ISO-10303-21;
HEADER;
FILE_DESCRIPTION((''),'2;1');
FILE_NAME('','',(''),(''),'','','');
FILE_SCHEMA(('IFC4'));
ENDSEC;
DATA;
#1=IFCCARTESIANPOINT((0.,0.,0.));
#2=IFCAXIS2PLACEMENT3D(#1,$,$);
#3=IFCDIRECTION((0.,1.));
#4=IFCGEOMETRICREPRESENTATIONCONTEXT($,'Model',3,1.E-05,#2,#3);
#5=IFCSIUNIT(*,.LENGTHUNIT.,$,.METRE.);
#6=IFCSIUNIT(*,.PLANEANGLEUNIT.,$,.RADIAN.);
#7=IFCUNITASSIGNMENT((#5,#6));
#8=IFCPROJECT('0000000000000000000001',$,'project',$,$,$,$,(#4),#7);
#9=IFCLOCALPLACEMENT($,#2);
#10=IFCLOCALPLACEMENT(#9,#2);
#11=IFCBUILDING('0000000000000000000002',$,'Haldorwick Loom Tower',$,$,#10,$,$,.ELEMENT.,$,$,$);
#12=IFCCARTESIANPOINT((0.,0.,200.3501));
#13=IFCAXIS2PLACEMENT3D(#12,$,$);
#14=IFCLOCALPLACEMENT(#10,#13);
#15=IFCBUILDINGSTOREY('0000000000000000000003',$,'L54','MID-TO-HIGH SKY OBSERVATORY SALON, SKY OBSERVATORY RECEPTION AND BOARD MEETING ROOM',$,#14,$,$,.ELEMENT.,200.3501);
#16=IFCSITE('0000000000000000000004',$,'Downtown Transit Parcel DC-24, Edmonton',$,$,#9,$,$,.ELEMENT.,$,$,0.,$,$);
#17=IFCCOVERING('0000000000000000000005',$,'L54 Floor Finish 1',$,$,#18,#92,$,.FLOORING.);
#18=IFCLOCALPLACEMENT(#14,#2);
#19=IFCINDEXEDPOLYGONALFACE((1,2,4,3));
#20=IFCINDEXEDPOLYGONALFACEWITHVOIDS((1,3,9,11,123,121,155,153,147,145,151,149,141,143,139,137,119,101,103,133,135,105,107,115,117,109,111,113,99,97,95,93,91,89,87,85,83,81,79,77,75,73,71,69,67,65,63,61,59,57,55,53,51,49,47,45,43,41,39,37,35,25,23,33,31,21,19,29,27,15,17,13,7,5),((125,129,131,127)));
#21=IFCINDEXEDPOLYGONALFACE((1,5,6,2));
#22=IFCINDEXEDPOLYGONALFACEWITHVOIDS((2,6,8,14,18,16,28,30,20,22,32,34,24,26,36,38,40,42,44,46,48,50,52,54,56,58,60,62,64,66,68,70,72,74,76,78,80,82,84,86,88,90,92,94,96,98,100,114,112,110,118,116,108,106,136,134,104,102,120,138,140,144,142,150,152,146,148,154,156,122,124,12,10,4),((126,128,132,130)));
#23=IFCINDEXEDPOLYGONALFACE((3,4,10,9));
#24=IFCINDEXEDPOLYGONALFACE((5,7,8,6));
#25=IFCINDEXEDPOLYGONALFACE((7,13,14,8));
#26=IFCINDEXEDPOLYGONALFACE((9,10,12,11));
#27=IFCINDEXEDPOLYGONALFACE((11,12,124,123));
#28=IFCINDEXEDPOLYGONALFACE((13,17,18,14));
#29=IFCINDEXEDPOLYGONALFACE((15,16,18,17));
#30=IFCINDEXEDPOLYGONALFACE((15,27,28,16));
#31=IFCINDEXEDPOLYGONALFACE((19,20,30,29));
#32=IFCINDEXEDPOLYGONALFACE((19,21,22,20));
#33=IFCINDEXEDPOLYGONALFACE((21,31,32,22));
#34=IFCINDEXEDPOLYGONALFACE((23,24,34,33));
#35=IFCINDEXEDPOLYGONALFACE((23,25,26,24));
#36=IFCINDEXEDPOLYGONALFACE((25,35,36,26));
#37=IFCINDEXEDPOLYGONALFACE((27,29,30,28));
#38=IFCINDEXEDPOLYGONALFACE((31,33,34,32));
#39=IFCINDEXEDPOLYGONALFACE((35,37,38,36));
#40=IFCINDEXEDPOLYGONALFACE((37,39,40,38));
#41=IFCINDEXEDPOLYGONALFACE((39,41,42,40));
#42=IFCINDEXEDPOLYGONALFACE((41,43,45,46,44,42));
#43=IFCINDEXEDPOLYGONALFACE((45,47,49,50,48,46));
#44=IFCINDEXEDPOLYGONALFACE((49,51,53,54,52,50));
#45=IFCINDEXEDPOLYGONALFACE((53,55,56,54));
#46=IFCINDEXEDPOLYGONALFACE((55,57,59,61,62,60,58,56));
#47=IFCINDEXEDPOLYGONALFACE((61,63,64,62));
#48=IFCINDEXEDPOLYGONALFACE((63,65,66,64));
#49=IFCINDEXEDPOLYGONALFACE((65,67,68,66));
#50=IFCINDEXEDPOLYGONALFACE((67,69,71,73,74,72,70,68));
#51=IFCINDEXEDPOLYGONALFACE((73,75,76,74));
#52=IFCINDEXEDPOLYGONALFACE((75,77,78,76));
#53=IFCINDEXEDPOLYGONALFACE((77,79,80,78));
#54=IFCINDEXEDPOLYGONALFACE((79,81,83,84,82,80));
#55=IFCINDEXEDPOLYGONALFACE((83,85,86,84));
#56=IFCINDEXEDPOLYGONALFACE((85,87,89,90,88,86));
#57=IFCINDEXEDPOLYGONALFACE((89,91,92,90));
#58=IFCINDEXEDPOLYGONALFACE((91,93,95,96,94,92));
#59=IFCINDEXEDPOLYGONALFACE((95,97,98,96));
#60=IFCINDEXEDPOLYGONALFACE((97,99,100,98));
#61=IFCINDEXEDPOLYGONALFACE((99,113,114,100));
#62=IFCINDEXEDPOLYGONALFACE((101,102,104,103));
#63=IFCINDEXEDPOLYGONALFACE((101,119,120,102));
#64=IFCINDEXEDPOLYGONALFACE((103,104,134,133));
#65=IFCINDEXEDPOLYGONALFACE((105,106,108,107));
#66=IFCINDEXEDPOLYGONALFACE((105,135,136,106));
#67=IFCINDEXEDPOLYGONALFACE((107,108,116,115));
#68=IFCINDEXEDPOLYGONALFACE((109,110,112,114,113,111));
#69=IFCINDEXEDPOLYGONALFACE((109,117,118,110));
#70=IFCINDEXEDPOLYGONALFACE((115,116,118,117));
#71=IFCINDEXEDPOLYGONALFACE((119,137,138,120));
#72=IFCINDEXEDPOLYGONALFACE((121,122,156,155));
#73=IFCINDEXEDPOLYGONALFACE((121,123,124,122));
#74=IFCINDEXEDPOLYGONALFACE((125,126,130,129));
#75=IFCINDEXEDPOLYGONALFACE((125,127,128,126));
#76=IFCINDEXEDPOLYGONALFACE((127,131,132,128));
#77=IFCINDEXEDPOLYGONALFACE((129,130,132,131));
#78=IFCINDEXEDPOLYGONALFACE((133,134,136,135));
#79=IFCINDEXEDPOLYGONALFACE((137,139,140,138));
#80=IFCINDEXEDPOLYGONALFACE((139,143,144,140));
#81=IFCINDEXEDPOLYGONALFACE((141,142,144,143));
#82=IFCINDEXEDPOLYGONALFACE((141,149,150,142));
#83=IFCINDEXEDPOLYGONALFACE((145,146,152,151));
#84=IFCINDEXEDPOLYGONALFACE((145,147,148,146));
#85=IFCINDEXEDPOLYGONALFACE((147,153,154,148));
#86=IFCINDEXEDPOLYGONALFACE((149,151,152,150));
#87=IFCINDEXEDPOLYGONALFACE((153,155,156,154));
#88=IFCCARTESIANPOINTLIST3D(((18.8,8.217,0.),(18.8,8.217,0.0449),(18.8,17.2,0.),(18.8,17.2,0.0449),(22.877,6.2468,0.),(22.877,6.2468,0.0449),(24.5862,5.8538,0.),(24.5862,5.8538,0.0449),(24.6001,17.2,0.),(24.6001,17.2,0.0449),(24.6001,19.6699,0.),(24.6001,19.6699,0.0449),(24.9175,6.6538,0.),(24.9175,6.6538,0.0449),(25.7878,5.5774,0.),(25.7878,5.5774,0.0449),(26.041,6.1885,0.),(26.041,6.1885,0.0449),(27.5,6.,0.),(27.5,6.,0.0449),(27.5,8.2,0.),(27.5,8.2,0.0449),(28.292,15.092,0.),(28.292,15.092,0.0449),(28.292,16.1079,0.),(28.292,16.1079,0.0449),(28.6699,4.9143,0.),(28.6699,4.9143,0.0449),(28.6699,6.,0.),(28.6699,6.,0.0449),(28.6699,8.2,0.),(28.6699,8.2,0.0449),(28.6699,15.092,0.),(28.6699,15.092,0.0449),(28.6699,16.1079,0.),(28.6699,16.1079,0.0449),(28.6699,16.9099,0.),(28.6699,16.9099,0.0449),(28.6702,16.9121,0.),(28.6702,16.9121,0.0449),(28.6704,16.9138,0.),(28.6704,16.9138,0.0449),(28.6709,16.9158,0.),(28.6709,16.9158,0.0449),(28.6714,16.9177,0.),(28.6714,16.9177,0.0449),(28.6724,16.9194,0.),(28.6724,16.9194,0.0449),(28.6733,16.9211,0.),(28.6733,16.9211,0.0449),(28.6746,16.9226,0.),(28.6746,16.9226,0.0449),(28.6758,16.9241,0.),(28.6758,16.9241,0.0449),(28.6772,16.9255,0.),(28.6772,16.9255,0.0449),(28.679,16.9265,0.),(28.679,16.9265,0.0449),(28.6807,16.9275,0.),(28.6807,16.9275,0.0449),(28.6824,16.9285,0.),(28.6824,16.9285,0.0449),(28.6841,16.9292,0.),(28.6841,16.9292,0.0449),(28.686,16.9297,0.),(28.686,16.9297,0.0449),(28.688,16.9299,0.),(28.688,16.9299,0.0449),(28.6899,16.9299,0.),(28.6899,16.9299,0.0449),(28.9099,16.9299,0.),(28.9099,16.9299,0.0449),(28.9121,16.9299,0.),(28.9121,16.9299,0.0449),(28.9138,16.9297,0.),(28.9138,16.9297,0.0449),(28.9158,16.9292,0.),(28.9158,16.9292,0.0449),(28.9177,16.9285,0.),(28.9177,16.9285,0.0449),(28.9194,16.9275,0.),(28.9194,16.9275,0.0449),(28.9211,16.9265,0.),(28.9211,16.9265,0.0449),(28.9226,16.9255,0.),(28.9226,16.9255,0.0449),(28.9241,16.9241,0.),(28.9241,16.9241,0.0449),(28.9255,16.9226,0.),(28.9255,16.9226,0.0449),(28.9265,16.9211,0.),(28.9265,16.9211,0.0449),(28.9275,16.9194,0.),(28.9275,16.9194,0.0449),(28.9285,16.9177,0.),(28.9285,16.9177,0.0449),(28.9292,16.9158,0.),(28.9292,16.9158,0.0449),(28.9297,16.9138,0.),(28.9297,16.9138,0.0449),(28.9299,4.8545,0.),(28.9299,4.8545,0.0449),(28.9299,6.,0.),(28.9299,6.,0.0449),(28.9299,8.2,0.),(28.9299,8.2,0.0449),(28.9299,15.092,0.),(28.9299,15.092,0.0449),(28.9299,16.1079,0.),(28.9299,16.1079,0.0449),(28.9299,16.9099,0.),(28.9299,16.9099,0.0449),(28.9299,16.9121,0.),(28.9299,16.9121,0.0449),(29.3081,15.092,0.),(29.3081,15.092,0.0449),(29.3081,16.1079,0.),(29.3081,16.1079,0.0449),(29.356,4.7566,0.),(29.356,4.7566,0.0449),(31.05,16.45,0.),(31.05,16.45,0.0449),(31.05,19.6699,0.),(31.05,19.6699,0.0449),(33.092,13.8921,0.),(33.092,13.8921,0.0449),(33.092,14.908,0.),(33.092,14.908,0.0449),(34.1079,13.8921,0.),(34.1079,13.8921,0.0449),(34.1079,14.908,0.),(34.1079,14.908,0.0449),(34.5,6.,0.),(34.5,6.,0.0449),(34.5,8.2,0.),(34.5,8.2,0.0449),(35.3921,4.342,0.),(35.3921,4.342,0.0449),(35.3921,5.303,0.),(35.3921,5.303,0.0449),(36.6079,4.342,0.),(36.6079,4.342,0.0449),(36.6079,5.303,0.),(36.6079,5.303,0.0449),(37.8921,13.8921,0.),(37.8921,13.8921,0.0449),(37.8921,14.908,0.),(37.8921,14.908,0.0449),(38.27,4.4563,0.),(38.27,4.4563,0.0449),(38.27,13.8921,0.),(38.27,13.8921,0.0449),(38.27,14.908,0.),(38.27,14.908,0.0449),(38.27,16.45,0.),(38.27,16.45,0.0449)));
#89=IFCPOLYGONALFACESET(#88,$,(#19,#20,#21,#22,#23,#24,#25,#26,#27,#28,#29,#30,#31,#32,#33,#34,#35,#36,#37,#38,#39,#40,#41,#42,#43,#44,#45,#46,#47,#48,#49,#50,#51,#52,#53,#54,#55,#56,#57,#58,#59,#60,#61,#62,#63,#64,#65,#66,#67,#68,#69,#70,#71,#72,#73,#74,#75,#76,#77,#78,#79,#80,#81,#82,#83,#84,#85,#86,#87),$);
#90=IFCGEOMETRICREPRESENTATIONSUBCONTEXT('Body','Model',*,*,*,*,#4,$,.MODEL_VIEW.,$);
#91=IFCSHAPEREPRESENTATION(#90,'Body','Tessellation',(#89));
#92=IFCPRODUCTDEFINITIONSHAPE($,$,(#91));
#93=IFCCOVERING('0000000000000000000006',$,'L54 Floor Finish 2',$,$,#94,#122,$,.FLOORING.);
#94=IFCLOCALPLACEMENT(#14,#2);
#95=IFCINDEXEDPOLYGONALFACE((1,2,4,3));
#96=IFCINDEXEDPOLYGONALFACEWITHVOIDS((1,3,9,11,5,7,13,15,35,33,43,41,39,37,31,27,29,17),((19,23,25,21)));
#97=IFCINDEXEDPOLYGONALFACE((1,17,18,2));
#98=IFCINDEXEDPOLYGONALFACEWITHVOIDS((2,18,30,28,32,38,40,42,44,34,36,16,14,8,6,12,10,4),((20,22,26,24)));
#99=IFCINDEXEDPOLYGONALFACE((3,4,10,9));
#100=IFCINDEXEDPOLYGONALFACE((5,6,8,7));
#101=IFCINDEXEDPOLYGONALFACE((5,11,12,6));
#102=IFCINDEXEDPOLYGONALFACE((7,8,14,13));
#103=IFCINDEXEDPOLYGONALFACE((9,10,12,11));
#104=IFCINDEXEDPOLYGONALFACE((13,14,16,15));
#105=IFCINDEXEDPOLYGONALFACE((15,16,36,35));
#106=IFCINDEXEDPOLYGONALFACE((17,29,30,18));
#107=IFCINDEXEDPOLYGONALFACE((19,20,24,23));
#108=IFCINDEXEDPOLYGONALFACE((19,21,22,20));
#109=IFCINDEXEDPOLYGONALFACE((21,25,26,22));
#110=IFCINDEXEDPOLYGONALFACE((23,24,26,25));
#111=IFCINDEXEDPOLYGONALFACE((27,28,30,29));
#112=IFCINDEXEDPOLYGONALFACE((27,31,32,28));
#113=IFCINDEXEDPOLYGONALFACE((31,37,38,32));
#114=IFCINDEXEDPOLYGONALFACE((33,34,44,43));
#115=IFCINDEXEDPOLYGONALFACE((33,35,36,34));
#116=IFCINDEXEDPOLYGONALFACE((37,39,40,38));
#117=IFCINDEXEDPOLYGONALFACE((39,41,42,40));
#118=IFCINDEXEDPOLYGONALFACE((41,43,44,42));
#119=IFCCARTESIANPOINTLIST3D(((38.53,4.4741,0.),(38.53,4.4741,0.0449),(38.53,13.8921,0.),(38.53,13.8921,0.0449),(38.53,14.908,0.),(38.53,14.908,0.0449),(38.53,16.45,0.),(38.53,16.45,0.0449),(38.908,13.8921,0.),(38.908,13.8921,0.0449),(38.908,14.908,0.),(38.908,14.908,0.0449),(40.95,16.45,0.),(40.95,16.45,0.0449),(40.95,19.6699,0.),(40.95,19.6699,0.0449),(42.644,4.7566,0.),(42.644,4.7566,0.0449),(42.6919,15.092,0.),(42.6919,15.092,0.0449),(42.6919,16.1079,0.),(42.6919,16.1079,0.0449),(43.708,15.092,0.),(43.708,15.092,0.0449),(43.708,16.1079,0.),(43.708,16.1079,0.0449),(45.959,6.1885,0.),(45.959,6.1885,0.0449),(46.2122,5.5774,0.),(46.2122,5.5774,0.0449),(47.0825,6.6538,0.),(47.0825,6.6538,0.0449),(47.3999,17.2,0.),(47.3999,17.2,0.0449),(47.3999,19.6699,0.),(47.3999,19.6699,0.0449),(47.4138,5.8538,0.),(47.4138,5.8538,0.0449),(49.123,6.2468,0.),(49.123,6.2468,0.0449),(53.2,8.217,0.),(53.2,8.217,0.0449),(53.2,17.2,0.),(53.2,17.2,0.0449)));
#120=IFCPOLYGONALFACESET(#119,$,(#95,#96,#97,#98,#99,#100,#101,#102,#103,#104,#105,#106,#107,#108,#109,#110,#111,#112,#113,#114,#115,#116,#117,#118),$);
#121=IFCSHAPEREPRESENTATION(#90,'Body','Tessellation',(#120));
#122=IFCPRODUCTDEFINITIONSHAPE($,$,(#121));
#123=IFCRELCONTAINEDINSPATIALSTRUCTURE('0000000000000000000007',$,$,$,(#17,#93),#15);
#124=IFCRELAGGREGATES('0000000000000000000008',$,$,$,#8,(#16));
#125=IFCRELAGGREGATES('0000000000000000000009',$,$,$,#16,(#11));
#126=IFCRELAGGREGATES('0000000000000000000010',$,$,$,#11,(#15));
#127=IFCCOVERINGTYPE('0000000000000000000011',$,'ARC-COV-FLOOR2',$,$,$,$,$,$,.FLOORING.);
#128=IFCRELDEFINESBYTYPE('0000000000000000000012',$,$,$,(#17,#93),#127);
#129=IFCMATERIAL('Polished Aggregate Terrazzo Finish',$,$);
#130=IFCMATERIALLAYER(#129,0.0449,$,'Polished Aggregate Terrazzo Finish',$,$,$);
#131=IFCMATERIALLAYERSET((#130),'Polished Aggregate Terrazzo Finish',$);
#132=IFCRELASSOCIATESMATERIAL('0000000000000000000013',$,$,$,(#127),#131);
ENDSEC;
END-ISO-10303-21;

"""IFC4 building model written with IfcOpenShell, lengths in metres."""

from ifc_helpers import new_model, si_unit, direction, frame, origin, place, context, subcontext, project, spatial, polyline, outline, extrude, material, layer, layer_set, type_object, element, save


model = new_model("IFC4")

# Units and contexts
model_context = context("Model", 3, precision=1e-05, world=origin(), true_north=direction((0.0, 1.0)))
body_context = subcontext(model_context, "Body", "Model", "MODEL_VIEW")
ifc_project = project(units=[si_unit("LENGTHUNIT", "METRE"), si_unit("PLANEANGLEUNIT", "RADIAN")], contexts=[model_context])

# Site, building, storey
site_placement = place(None, origin())
site = spatial("IfcSite", under=ifc_project, at=site_placement, Name="Downtown Transit Parcel DC-24, Edmonton", CompositionType="ELEMENT", RefElevation=0.0)
building_placement = place(site_placement, origin())
building = spatial("IfcBuilding", under=site, at=building_placement, Name="Haldorwick Loom Tower", CompositionType="ELEMENT")
storey_placement = place(building_placement, frame((0.0, 0.0, 200.3501)))
storey = spatial("IfcBuildingStorey", under=building, at=storey_placement, Name="L54", Description="MID-TO-HIGH SKY OBSERVATORY SALON, SKY OBSERVATORY RECEPTION AND BOARD MEETING ROOM", CompositionType="ELEMENT", Elevation=200.3501)

# Coverings
ifc_material_1 = material(Name="Polished Aggregate Terrazzo Finish")
ifc_layer_1 = layer(ifc_material_1, 0.0449, Name="Polished Aggregate Terrazzo Finish")
ifc_layer_set_1 = layer_set([ifc_layer_1], Name="Polished Aggregate Terrazzo Finish")
covering_type_1 = type_object("IfcCoveringType", Name="ARC-COV-FLOOR2", PredefinedType="FLOORING", material=ifc_layer_set_1)
covering_1_placement = place(storey_placement, origin())
element("IfcCovering", 1, at=covering_1_placement, inside=storey, type_object=covering_type_1, Name="L54 Floor Finish 1", PredefinedType="FLOORING", context=body_context, shape_type="SweptSolid", body=[
    extrude(outline(polyline([(38.27, 4.4563), (38.27, 13.8921), (37.8921, 13.8921), (37.8921, 14.908), (38.27, 14.908), (38.27, 16.45), (31.05, 16.45), (31.05, 19.6699), (24.6001, 19.6699), (24.6001, 17.2), (18.8, 17.2), (18.8, 8.217), (22.877, 6.2468), (24.5862, 5.8538), (24.9175, 6.6538), (26.041, 6.1885), (25.7878, 5.5774), (28.6699, 4.9143), (28.6699, 6.0), (27.5, 6.0), (27.5, 8.2), (28.6699, 8.2), (28.6699, 15.092), (28.292, 15.092), (28.292, 16.1079), (28.6699, 16.1079), (28.6699, 16.9099), (28.6702, 16.9121), (28.6704, 16.9138), (28.6709, 16.9158), (28.6714, 16.9177), (28.6724, 16.9194), (28.6733, 16.9211), (28.6746, 16.9226), (28.6758, 16.9241), (28.6772, 16.9255), (28.679, 16.9265), (28.6807, 16.9275), (28.6824, 16.9285), (28.6841, 16.9292), (28.686, 16.9297), (28.688, 16.9299), (28.6899, 16.9299), (28.9099, 16.9299), (28.9121, 16.9299), (28.9138, 16.9297), (28.9158, 16.9292), (28.9177, 16.9285), (28.9194, 16.9275), (28.9211, 16.9265), (28.9226, 16.9255), (28.9241, 16.9241), (28.9255, 16.9226), (28.9265, 16.9211), (28.9275, 16.9194), (28.9285, 16.9177), (28.9292, 16.9158), (28.9297, 16.9138), (28.9299, 16.9121), (28.9299, 16.9099), (28.9299, 16.1079), (29.3081, 16.1079), (29.3081, 15.092), (28.9299, 15.092), (28.9299, 8.2), (34.5, 8.2), (34.5, 6.0), (28.9299, 6.0), (28.9299, 4.8545), (29.356, 4.7566), (35.3921, 4.342), (35.3921, 5.303), (36.6079, 5.303), (36.6079, 4.342), (38.27, 4.4563)]), holes=[polyline([(34.1079, 14.908), (34.1079, 13.8921), (33.092, 13.8921), (33.092, 14.908), (34.1079, 14.908)])]), origin(), (0.0, 0.0, 1.0), 0.0449),
])
covering_2_placement = place(storey_placement, origin())
element("IfcCovering", 2, at=covering_2_placement, inside=storey, type_object=covering_type_1, Name="L54 Floor Finish 2", PredefinedType="FLOORING", context=body_context, shape_type="SweptSolid", body=[
    extrude(outline(polyline([(53.2, 8.217), (53.2, 17.2), (47.3999, 17.2), (47.3999, 19.6699), (40.95, 19.6699), (40.95, 16.45), (38.53, 16.45), (38.53, 14.908), (38.908, 14.908), (38.908, 13.8921), (38.53, 13.8921), (38.53, 4.4741), (42.644, 4.7566), (46.2122, 5.5774), (45.959, 6.1885), (47.0825, 6.6538), (47.4138, 5.8538), (49.123, 6.2468), (53.2, 8.217)]), holes=[polyline([(43.708, 16.1079), (43.708, 15.092), (42.6919, 15.092), (42.6919, 16.1079), (43.708, 16.1079)])]), origin(), (0.0, 0.0, 1.0), 0.0449),
])

save(model, "model.ifc")
